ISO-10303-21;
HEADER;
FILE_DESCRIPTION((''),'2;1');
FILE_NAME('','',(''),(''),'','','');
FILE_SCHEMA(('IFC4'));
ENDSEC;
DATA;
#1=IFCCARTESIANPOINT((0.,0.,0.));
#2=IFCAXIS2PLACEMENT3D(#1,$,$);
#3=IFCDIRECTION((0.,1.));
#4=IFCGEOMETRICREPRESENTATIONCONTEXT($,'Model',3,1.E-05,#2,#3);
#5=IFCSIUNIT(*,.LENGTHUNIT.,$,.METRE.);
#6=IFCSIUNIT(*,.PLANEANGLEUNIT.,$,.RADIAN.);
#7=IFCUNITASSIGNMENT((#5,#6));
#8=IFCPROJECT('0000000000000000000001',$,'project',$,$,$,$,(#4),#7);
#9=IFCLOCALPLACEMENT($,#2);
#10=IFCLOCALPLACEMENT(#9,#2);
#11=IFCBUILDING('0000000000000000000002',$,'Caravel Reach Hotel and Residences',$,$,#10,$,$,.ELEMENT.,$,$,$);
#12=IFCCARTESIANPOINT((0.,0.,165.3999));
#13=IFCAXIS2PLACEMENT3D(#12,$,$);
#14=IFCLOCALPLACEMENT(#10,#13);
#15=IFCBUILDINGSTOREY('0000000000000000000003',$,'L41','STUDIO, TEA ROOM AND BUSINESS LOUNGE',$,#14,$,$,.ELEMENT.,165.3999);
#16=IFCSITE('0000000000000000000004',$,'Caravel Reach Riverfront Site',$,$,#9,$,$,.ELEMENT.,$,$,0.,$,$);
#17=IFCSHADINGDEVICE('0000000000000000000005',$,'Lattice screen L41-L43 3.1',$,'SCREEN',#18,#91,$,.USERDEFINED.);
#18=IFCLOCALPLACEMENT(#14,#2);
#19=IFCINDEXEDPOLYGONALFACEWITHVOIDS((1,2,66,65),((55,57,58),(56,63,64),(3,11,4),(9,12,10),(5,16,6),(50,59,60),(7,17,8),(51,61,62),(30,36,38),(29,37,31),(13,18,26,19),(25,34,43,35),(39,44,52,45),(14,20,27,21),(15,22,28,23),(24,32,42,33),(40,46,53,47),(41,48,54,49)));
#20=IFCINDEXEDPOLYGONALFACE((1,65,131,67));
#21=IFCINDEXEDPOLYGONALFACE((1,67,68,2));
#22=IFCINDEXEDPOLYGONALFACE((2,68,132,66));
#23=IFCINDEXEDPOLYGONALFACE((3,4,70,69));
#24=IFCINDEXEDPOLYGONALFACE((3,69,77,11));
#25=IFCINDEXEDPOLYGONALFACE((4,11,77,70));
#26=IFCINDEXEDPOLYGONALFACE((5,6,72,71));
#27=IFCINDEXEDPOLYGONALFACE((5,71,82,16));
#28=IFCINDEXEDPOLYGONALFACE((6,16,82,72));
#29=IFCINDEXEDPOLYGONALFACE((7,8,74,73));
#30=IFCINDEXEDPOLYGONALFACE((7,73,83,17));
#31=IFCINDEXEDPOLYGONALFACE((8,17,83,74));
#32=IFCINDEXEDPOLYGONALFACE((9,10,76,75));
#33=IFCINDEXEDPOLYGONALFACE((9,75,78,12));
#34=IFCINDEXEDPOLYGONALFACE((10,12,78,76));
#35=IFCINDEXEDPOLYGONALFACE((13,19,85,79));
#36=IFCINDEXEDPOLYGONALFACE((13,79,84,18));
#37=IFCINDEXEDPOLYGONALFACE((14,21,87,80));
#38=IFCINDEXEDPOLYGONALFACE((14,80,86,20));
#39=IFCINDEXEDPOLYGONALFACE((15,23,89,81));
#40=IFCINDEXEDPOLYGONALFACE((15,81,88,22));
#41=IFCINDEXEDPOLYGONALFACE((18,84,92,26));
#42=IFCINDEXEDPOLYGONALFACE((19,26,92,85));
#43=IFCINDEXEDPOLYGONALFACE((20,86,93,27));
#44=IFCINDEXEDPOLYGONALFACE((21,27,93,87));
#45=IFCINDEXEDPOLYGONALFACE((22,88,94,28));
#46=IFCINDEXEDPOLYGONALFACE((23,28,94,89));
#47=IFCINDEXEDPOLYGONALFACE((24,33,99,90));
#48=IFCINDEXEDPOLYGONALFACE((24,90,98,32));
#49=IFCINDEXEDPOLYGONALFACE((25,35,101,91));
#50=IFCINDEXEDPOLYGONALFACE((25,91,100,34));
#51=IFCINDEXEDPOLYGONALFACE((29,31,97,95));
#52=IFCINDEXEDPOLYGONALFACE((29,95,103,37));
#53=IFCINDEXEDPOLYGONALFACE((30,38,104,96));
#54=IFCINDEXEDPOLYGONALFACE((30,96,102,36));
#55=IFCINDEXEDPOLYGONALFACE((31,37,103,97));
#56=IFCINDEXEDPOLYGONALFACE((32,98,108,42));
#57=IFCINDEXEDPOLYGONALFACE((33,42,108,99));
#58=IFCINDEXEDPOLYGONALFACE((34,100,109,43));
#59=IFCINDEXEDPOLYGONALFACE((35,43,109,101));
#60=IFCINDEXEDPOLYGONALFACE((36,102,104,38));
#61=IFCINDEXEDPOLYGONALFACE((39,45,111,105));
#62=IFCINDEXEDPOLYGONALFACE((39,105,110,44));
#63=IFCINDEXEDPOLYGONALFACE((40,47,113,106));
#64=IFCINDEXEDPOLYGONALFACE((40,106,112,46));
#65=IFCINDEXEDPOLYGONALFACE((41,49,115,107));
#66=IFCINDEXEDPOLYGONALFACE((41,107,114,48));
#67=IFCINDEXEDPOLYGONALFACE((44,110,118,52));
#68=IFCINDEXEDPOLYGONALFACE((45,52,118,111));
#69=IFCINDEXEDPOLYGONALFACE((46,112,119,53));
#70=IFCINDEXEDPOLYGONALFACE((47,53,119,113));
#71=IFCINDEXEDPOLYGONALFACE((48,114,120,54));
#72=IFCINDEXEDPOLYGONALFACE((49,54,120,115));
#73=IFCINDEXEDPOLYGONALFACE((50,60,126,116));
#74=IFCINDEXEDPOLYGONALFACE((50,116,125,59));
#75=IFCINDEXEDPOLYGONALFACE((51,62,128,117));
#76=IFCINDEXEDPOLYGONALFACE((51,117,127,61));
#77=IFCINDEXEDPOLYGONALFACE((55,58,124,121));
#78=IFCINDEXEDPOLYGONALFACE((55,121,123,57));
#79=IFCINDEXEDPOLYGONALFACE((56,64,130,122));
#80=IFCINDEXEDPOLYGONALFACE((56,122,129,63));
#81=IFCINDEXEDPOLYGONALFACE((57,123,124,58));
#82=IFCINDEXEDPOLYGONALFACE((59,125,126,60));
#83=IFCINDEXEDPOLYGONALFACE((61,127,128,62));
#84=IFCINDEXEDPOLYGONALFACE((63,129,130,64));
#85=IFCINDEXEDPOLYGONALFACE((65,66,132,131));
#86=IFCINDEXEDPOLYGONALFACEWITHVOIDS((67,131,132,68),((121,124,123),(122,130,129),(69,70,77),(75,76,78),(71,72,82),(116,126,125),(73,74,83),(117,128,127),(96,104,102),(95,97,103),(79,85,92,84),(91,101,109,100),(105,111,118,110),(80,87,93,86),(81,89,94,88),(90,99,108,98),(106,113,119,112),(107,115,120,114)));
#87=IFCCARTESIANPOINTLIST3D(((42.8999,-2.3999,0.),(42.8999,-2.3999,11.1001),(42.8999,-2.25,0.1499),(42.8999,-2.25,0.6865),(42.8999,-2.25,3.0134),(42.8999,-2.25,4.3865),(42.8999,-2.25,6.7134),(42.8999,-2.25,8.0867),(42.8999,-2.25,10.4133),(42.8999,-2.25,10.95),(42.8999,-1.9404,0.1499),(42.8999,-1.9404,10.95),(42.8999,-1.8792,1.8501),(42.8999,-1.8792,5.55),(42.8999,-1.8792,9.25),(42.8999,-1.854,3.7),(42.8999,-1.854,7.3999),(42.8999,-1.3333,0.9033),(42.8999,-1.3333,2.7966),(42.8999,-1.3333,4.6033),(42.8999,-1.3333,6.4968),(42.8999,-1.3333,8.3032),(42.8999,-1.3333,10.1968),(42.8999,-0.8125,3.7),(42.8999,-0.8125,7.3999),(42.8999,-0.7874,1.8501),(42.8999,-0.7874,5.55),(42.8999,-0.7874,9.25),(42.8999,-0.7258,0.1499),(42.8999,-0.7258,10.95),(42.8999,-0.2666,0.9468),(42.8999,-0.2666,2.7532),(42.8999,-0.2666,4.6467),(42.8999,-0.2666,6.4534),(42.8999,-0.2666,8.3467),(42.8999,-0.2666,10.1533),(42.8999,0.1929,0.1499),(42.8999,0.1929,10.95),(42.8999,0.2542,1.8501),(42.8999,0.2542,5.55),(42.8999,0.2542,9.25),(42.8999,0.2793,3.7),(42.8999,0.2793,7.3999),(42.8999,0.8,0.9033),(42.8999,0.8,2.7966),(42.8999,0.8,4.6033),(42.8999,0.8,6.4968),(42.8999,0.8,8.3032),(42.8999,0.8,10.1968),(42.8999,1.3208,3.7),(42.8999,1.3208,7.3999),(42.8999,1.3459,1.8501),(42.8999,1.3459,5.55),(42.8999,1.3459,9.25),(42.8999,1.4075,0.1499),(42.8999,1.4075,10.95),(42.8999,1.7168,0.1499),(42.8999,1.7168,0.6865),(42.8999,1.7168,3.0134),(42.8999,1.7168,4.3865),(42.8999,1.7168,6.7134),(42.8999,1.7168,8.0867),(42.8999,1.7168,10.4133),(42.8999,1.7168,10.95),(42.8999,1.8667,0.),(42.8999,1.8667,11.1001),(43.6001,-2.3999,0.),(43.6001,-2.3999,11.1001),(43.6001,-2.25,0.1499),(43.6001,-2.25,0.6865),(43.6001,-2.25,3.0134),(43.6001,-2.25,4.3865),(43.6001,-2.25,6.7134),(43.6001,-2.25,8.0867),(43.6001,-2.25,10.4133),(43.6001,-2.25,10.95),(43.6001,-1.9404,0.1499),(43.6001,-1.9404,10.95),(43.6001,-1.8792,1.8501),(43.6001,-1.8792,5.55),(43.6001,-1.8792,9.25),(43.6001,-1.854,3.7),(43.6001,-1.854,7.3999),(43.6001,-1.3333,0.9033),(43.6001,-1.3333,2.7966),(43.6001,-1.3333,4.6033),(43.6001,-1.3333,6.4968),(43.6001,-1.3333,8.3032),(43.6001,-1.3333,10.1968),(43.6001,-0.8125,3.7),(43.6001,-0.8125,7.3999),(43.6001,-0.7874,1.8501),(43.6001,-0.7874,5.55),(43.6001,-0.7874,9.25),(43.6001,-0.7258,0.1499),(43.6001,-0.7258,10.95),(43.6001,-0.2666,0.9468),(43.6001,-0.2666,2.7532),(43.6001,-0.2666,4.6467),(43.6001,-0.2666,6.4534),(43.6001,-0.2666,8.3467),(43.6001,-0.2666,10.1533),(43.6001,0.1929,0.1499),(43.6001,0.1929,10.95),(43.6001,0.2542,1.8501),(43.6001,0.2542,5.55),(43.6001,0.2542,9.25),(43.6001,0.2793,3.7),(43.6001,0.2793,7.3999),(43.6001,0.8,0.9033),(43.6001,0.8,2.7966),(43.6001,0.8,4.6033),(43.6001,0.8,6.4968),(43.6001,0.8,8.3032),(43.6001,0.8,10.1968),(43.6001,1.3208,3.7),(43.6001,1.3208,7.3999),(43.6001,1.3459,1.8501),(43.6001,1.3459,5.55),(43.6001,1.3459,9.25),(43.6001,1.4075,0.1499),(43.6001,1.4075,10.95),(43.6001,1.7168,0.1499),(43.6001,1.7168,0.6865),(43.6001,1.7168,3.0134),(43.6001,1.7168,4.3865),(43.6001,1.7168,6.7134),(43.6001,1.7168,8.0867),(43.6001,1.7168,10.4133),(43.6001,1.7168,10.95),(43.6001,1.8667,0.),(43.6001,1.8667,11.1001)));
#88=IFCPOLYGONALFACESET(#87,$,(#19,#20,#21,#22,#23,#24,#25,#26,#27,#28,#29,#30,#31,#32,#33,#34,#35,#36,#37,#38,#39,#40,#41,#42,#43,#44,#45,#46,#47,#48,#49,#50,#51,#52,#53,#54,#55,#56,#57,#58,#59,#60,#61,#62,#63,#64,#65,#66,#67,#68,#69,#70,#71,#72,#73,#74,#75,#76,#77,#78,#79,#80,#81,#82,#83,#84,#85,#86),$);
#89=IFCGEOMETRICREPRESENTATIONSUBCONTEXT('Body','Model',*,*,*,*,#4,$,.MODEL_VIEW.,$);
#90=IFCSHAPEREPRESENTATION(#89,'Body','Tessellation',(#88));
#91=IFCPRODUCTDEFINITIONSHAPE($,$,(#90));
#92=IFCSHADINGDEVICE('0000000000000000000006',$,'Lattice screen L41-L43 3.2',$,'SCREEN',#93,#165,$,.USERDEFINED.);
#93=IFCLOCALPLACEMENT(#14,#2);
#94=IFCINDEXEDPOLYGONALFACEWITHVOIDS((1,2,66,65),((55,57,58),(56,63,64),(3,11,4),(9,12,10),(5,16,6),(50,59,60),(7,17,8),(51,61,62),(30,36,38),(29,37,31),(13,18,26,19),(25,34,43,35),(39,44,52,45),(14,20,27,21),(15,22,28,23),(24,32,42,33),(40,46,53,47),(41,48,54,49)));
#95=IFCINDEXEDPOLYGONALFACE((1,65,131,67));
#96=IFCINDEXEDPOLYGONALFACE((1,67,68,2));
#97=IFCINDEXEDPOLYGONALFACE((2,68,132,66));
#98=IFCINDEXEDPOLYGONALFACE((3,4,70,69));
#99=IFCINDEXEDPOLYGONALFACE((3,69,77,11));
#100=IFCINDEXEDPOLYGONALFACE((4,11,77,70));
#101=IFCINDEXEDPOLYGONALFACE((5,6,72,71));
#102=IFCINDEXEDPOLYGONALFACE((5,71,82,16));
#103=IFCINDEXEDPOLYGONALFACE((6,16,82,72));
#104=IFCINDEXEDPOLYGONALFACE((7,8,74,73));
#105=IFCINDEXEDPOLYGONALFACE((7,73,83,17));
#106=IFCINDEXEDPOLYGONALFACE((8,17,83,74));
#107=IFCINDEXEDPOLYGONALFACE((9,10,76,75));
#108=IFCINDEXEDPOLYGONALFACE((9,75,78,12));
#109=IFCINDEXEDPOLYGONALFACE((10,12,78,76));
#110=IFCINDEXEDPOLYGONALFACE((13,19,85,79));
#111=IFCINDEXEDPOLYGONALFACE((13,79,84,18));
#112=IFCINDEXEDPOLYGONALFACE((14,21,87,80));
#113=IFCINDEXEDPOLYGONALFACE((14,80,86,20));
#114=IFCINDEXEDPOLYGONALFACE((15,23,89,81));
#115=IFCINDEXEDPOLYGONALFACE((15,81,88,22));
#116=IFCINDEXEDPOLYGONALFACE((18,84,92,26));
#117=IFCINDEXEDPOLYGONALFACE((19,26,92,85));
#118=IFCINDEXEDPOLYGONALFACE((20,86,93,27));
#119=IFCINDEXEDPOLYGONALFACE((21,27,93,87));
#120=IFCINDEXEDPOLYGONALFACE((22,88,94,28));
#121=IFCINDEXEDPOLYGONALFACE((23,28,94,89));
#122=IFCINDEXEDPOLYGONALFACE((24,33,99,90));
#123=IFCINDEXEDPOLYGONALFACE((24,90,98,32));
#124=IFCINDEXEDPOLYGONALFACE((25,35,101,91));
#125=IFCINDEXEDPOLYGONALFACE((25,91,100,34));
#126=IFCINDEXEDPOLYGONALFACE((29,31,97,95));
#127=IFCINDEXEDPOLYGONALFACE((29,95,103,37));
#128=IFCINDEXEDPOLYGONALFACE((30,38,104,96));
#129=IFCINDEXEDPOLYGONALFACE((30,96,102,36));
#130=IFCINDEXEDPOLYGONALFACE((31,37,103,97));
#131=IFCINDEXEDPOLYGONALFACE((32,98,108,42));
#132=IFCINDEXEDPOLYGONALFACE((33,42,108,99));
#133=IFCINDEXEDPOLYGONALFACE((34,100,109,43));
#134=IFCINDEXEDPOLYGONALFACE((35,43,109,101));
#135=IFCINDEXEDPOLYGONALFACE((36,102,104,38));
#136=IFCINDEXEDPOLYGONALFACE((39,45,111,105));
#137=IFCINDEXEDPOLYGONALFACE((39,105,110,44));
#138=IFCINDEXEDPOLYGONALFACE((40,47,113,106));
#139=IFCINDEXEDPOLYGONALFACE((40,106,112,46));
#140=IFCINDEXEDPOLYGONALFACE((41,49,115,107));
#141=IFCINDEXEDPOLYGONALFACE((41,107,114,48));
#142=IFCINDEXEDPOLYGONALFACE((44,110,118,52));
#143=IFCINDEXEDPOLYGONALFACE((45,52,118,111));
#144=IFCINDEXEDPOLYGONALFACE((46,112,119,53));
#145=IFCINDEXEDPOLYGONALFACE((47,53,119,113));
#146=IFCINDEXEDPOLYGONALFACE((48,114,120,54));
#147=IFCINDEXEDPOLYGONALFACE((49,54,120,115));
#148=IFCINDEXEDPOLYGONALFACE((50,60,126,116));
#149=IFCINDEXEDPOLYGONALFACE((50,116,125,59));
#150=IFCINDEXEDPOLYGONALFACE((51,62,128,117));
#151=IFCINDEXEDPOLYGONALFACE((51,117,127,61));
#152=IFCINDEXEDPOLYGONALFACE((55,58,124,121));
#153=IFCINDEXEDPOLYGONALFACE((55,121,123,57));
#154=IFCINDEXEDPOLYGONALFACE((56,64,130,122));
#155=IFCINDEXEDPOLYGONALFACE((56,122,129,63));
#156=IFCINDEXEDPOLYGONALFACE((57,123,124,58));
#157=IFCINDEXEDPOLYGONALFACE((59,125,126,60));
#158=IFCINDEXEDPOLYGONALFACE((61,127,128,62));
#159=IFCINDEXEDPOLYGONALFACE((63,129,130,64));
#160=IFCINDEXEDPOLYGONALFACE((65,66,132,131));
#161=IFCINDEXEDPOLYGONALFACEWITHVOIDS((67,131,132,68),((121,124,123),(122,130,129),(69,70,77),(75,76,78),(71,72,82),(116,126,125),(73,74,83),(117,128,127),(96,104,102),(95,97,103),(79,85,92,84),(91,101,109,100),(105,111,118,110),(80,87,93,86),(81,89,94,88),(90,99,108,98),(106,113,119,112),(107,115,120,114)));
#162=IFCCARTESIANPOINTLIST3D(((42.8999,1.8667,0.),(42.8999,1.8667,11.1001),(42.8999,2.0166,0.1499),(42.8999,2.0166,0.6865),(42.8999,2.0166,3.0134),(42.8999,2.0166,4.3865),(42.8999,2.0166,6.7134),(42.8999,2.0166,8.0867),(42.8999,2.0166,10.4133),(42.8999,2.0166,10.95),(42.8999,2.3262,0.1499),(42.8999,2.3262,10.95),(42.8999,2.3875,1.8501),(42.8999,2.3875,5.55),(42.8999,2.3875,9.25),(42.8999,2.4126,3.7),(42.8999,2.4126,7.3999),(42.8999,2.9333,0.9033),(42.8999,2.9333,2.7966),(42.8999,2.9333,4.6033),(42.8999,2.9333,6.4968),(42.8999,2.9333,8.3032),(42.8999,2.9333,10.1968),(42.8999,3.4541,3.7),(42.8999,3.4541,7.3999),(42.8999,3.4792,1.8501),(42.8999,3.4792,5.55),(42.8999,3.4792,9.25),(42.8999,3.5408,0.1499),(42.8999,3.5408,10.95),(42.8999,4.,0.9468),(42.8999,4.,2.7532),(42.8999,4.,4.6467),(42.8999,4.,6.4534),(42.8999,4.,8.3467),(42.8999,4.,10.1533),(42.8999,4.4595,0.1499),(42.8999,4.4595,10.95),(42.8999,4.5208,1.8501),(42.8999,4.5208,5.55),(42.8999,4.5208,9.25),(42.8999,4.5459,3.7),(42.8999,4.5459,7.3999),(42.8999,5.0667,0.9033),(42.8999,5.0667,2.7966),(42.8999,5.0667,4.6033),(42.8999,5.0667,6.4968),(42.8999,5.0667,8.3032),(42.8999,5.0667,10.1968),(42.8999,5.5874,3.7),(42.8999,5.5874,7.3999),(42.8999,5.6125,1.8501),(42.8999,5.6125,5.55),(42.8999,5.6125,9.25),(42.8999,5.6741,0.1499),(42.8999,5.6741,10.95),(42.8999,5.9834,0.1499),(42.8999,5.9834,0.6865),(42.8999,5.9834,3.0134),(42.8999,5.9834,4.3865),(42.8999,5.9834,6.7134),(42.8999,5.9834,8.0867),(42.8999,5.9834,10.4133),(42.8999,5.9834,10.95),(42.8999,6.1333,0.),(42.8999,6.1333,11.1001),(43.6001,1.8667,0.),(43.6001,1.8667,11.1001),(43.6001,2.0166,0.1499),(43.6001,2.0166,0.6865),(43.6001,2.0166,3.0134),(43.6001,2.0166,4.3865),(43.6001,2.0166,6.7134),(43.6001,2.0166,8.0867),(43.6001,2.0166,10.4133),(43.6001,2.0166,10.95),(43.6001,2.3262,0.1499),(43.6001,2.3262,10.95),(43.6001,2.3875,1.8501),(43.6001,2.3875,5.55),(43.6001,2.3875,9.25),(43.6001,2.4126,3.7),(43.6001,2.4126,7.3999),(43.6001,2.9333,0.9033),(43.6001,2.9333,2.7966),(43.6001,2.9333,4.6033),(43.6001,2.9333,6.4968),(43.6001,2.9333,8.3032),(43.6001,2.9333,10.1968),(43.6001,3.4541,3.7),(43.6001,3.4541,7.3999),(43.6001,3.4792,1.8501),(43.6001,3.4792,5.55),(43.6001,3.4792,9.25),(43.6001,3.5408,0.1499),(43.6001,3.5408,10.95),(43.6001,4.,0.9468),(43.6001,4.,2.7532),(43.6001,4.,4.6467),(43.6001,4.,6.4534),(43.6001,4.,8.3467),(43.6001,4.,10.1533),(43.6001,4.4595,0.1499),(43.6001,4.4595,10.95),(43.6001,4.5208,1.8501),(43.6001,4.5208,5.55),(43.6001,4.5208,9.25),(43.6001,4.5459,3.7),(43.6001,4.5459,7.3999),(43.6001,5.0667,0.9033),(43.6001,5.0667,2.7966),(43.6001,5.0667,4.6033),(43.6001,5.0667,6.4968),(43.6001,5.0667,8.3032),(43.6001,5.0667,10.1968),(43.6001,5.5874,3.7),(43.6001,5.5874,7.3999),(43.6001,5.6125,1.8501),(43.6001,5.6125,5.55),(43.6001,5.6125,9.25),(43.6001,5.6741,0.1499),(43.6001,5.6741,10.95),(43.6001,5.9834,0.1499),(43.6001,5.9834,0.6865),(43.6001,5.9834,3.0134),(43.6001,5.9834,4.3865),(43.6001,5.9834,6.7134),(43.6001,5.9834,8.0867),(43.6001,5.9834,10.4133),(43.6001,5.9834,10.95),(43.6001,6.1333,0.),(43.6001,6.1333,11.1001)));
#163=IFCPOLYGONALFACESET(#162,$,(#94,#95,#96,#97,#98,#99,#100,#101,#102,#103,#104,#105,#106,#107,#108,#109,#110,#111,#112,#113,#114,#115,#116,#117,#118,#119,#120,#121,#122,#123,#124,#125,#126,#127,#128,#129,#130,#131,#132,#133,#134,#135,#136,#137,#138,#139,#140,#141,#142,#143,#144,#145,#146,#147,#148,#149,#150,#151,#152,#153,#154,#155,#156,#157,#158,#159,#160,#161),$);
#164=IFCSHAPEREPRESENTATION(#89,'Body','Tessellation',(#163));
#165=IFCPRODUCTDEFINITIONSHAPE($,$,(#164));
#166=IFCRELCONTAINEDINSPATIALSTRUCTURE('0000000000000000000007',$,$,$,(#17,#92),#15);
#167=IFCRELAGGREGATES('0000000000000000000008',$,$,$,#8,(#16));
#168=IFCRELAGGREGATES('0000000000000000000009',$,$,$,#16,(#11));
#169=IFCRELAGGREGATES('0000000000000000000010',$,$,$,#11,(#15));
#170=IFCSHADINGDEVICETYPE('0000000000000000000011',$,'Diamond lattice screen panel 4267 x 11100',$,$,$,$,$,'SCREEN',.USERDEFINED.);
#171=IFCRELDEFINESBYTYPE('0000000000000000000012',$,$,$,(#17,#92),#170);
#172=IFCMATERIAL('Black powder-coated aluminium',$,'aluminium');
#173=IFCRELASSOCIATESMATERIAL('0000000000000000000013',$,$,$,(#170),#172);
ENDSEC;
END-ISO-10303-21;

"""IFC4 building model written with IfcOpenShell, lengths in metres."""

from ifc_helpers import new_model, si_unit, direction, frame, origin, place, context, subcontext, project, spatial, polyline, outline, extrude, material, type_object, element, save


model = new_model("IFC4")

# Units and contexts
model_context = context("Model", 3, precision=1e-05, world=origin(), true_north=direction((0.0, 1.0)))
body_context = subcontext(model_context, "Body", "Model", "MODEL_VIEW")
ifc_project = project(units=[si_unit("LENGTHUNIT", "METRE"), si_unit("PLANEANGLEUNIT", "RADIAN")], contexts=[model_context])

# Site, building, storey
site_placement = place(None, origin())
site = spatial("IfcSite", under=ifc_project, at=site_placement, Name="Caravel Reach Riverfront Site", CompositionType="ELEMENT", RefElevation=0.0)
building_placement = place(site_placement, origin())
building = spatial("IfcBuilding", under=site, at=building_placement, Name="Caravel Reach Hotel and Residences", CompositionType="ELEMENT")
storey_placement = place(building_placement, frame((0.0, 0.0, 165.3999)))
storey = spatial("IfcBuildingStorey", under=building, at=storey_placement, Name="L41", Description="STUDIO, TEA ROOM AND BUSINESS LOUNGE", CompositionType="ELEMENT", Elevation=165.3999)

# Shading devices
ifc_material_1 = material(Name="Black powder-coated aluminium", Category="aluminium")
shading_device_type_1 = type_object("IfcShadingDeviceType", Name="Diamond lattice screen panel 4267 x 11100", ElementType="SCREEN", PredefinedType="USERDEFINED", material=ifc_material_1)
shading_device_1_placement = place(storey_placement, frame((42.8999, -2.3999, 0.0), z_axis=(1.0, 0.0, 0.0), x_axis=(0.0, 1.0, 0.0)))
element("IfcShadingDevice", 1, at=shading_device_1_placement, inside=storey, type_object=shading_device_type_1, Name="Lattice screen L41-L43 3.1", ObjectType="SCREEN", PredefinedType="USERDEFINED", context=body_context, shape_type="SweptSolid", body=[
    extrude(outline(polyline([(0.0, 0.0), (4.2666, 0.0), (4.2666, 11.1001), (0.0, 11.1001), (0.0, 0.0)]), holes=[polyline([(0.4595, 0.1499), (0.1499, 0.6865), (0.1499, 0.1499), (0.4595, 0.1499)]), polyline([(0.5459, 3.7), (0.1499, 4.3865), (0.1499, 3.0134), (0.5459, 3.7)]), polyline([(0.5459, 7.3999), (0.1499, 8.0867), (0.1499, 6.7134), (0.5459, 7.3999)]), polyline([(0.1499, 10.4133), (0.4595, 10.95), (0.1499, 10.95), (0.1499, 10.4133)]), polyline([(1.0667, 2.7966), (0.5208, 1.8501), (1.0667, 0.9033), (1.6125, 1.8501), (1.0667, 2.7966)]), polyline([(1.0667, 6.4968), (0.5208, 5.55), (1.0667, 4.6033), (1.6125, 5.55), (1.0667, 6.4968)]), polyline([(1.0667, 10.1968), (0.5208, 9.25), (1.0667, 8.3032), (1.6125, 9.25), (1.0667, 10.1968)]), polyline([(2.1333, 0.9468), (1.6741, 0.1499), (2.5928, 0.1499), (2.1333, 0.9468)]), polyline([(2.1333, 4.6467), (1.5874, 3.7), (2.1333, 2.7532), (2.6792, 3.7), (2.1333, 4.6467)]), polyline([(2.1333, 8.3467), (1.5874, 7.3999), (2.1333, 6.4534), (2.6792, 7.3999), (2.1333, 8.3467)]), polyline([(2.1333, 10.1533), (2.5928, 10.95), (1.6741, 10.95), (2.1333, 10.1533)]), polyline([(3.2, 2.7966), (2.6541, 1.8501), (3.2, 0.9033), (3.7458, 1.8501), (3.2, 2.7966)]), polyline([(3.2, 6.4968), (2.6541, 5.55), (3.2, 4.6033), (3.7458, 5.55), (3.2, 6.4968)]), polyline([(3.2, 10.1968), (2.6541, 9.25), (3.2, 8.3032), (3.7458, 9.25), (3.2, 10.1968)]), polyline([(4.1167, 0.6865), (3.8074, 0.1499), (4.1167, 0.1499), (4.1167, 0.6865)]), polyline([(3.7207, 3.7), (4.1167, 3.0134), (4.1167, 4.3865), (3.7207, 3.7)]), polyline([(3.7207, 7.3999), (4.1167, 6.7134), (4.1167, 8.0867), (3.7207, 7.3999)]), polyline([(3.8074, 10.95), (4.1167, 10.4133), (4.1167, 10.95), (3.8074, 10.95)])]), origin(), (0.0, 0.0, 1.0), 0.7002),
])
shading_device_2_placement = place(storey_placement, frame((42.8999, 1.8667, 0.0), z_axis=(1.0, 0.0, 0.0), x_axis=(0.0, 1.0, 0.0)))
element("IfcShadingDevice", 2, at=shading_device_2_placement, inside=storey, type_object=shading_device_type_1, Name="Lattice screen L41-L43 3.2", ObjectType="SCREEN", PredefinedType="USERDEFINED", context=body_context, shape_type="SweptSolid", body=[
    extrude(outline(polyline([(0.0, 0.0), (4.2666, 0.0), (4.2666, 11.1001), (0.0, 11.1001), (0.0, 0.0)]), holes=[polyline([(0.4595, 0.1499), (0.1499, 0.6865), (0.1499, 0.1499), (0.4595, 0.1499)]), polyline([(0.5459, 3.7), (0.1499, 4.3865), (0.1499, 3.0134), (0.5459, 3.7)]), polyline([(0.5459, 7.3999), (0.1499, 8.0867), (0.1499, 6.7134), (0.5459, 7.3999)]), polyline([(0.1499, 10.4133), (0.4595, 10.95), (0.1499, 10.95), (0.1499, 10.4133)]), polyline([(1.0667, 2.7966), (0.5208, 1.8501), (1.0667, 0.9033), (1.6125, 1.8501), (1.0667, 2.7966)]), polyline([(1.0667, 6.4968), (0.5208, 5.55), (1.0667, 4.6033), (1.6125, 5.55), (1.0667, 6.4968)]), polyline([(1.0667, 10.1968), (0.5208, 9.25), (1.0667, 8.3032), (1.6125, 9.25), (1.0667, 10.1968)]), polyline([(2.1333, 0.9468), (1.6741, 0.1499), (2.5928, 0.1499), (2.1333, 0.9468)]), polyline([(2.1333, 4.6467), (1.5874, 3.7), (2.1333, 2.7532), (2.6792, 3.7), (2.1333, 4.6467)]), polyline([(2.1333, 8.3467), (1.5874, 7.3999), (2.1333, 6.4534), (2.6792, 7.3999), (2.1333, 8.3467)]), polyline([(2.1333, 10.1533), (2.5928, 10.95), (1.6741, 10.95), (2.1333, 10.1533)]), polyline([(3.2, 2.7966), (2.6541, 1.8501), (3.2, 0.9033), (3.7458, 1.8501), (3.2, 2.7966)]), polyline([(3.2, 6.4968), (2.6541, 5.55), (3.2, 4.6033), (3.7458, 5.55), (3.2, 6.4968)]), polyline([(3.2, 10.1968), (2.6541, 9.25), (3.2, 8.3032), (3.7458, 9.25), (3.2, 10.1968)]), polyline([(4.1167, 0.6865), (3.8074, 0.1499), (4.1167, 0.1499), (4.1167, 0.6865)]), polyline([(3.7207, 3.7), (4.1167, 3.0134), (4.1167, 4.3865), (3.7207, 3.7)]), polyline([(3.7207, 7.3999), (4.1167, 6.7134), (4.1167, 8.0867), (3.7207, 7.3999)]), polyline([(3.8074, 10.95), (4.1167, 10.4133), (4.1167, 10.95), (3.8074, 10.95)])]), origin(), (0.0, 0.0, 1.0), 0.7002),
])

save(model, "model.ifc")
